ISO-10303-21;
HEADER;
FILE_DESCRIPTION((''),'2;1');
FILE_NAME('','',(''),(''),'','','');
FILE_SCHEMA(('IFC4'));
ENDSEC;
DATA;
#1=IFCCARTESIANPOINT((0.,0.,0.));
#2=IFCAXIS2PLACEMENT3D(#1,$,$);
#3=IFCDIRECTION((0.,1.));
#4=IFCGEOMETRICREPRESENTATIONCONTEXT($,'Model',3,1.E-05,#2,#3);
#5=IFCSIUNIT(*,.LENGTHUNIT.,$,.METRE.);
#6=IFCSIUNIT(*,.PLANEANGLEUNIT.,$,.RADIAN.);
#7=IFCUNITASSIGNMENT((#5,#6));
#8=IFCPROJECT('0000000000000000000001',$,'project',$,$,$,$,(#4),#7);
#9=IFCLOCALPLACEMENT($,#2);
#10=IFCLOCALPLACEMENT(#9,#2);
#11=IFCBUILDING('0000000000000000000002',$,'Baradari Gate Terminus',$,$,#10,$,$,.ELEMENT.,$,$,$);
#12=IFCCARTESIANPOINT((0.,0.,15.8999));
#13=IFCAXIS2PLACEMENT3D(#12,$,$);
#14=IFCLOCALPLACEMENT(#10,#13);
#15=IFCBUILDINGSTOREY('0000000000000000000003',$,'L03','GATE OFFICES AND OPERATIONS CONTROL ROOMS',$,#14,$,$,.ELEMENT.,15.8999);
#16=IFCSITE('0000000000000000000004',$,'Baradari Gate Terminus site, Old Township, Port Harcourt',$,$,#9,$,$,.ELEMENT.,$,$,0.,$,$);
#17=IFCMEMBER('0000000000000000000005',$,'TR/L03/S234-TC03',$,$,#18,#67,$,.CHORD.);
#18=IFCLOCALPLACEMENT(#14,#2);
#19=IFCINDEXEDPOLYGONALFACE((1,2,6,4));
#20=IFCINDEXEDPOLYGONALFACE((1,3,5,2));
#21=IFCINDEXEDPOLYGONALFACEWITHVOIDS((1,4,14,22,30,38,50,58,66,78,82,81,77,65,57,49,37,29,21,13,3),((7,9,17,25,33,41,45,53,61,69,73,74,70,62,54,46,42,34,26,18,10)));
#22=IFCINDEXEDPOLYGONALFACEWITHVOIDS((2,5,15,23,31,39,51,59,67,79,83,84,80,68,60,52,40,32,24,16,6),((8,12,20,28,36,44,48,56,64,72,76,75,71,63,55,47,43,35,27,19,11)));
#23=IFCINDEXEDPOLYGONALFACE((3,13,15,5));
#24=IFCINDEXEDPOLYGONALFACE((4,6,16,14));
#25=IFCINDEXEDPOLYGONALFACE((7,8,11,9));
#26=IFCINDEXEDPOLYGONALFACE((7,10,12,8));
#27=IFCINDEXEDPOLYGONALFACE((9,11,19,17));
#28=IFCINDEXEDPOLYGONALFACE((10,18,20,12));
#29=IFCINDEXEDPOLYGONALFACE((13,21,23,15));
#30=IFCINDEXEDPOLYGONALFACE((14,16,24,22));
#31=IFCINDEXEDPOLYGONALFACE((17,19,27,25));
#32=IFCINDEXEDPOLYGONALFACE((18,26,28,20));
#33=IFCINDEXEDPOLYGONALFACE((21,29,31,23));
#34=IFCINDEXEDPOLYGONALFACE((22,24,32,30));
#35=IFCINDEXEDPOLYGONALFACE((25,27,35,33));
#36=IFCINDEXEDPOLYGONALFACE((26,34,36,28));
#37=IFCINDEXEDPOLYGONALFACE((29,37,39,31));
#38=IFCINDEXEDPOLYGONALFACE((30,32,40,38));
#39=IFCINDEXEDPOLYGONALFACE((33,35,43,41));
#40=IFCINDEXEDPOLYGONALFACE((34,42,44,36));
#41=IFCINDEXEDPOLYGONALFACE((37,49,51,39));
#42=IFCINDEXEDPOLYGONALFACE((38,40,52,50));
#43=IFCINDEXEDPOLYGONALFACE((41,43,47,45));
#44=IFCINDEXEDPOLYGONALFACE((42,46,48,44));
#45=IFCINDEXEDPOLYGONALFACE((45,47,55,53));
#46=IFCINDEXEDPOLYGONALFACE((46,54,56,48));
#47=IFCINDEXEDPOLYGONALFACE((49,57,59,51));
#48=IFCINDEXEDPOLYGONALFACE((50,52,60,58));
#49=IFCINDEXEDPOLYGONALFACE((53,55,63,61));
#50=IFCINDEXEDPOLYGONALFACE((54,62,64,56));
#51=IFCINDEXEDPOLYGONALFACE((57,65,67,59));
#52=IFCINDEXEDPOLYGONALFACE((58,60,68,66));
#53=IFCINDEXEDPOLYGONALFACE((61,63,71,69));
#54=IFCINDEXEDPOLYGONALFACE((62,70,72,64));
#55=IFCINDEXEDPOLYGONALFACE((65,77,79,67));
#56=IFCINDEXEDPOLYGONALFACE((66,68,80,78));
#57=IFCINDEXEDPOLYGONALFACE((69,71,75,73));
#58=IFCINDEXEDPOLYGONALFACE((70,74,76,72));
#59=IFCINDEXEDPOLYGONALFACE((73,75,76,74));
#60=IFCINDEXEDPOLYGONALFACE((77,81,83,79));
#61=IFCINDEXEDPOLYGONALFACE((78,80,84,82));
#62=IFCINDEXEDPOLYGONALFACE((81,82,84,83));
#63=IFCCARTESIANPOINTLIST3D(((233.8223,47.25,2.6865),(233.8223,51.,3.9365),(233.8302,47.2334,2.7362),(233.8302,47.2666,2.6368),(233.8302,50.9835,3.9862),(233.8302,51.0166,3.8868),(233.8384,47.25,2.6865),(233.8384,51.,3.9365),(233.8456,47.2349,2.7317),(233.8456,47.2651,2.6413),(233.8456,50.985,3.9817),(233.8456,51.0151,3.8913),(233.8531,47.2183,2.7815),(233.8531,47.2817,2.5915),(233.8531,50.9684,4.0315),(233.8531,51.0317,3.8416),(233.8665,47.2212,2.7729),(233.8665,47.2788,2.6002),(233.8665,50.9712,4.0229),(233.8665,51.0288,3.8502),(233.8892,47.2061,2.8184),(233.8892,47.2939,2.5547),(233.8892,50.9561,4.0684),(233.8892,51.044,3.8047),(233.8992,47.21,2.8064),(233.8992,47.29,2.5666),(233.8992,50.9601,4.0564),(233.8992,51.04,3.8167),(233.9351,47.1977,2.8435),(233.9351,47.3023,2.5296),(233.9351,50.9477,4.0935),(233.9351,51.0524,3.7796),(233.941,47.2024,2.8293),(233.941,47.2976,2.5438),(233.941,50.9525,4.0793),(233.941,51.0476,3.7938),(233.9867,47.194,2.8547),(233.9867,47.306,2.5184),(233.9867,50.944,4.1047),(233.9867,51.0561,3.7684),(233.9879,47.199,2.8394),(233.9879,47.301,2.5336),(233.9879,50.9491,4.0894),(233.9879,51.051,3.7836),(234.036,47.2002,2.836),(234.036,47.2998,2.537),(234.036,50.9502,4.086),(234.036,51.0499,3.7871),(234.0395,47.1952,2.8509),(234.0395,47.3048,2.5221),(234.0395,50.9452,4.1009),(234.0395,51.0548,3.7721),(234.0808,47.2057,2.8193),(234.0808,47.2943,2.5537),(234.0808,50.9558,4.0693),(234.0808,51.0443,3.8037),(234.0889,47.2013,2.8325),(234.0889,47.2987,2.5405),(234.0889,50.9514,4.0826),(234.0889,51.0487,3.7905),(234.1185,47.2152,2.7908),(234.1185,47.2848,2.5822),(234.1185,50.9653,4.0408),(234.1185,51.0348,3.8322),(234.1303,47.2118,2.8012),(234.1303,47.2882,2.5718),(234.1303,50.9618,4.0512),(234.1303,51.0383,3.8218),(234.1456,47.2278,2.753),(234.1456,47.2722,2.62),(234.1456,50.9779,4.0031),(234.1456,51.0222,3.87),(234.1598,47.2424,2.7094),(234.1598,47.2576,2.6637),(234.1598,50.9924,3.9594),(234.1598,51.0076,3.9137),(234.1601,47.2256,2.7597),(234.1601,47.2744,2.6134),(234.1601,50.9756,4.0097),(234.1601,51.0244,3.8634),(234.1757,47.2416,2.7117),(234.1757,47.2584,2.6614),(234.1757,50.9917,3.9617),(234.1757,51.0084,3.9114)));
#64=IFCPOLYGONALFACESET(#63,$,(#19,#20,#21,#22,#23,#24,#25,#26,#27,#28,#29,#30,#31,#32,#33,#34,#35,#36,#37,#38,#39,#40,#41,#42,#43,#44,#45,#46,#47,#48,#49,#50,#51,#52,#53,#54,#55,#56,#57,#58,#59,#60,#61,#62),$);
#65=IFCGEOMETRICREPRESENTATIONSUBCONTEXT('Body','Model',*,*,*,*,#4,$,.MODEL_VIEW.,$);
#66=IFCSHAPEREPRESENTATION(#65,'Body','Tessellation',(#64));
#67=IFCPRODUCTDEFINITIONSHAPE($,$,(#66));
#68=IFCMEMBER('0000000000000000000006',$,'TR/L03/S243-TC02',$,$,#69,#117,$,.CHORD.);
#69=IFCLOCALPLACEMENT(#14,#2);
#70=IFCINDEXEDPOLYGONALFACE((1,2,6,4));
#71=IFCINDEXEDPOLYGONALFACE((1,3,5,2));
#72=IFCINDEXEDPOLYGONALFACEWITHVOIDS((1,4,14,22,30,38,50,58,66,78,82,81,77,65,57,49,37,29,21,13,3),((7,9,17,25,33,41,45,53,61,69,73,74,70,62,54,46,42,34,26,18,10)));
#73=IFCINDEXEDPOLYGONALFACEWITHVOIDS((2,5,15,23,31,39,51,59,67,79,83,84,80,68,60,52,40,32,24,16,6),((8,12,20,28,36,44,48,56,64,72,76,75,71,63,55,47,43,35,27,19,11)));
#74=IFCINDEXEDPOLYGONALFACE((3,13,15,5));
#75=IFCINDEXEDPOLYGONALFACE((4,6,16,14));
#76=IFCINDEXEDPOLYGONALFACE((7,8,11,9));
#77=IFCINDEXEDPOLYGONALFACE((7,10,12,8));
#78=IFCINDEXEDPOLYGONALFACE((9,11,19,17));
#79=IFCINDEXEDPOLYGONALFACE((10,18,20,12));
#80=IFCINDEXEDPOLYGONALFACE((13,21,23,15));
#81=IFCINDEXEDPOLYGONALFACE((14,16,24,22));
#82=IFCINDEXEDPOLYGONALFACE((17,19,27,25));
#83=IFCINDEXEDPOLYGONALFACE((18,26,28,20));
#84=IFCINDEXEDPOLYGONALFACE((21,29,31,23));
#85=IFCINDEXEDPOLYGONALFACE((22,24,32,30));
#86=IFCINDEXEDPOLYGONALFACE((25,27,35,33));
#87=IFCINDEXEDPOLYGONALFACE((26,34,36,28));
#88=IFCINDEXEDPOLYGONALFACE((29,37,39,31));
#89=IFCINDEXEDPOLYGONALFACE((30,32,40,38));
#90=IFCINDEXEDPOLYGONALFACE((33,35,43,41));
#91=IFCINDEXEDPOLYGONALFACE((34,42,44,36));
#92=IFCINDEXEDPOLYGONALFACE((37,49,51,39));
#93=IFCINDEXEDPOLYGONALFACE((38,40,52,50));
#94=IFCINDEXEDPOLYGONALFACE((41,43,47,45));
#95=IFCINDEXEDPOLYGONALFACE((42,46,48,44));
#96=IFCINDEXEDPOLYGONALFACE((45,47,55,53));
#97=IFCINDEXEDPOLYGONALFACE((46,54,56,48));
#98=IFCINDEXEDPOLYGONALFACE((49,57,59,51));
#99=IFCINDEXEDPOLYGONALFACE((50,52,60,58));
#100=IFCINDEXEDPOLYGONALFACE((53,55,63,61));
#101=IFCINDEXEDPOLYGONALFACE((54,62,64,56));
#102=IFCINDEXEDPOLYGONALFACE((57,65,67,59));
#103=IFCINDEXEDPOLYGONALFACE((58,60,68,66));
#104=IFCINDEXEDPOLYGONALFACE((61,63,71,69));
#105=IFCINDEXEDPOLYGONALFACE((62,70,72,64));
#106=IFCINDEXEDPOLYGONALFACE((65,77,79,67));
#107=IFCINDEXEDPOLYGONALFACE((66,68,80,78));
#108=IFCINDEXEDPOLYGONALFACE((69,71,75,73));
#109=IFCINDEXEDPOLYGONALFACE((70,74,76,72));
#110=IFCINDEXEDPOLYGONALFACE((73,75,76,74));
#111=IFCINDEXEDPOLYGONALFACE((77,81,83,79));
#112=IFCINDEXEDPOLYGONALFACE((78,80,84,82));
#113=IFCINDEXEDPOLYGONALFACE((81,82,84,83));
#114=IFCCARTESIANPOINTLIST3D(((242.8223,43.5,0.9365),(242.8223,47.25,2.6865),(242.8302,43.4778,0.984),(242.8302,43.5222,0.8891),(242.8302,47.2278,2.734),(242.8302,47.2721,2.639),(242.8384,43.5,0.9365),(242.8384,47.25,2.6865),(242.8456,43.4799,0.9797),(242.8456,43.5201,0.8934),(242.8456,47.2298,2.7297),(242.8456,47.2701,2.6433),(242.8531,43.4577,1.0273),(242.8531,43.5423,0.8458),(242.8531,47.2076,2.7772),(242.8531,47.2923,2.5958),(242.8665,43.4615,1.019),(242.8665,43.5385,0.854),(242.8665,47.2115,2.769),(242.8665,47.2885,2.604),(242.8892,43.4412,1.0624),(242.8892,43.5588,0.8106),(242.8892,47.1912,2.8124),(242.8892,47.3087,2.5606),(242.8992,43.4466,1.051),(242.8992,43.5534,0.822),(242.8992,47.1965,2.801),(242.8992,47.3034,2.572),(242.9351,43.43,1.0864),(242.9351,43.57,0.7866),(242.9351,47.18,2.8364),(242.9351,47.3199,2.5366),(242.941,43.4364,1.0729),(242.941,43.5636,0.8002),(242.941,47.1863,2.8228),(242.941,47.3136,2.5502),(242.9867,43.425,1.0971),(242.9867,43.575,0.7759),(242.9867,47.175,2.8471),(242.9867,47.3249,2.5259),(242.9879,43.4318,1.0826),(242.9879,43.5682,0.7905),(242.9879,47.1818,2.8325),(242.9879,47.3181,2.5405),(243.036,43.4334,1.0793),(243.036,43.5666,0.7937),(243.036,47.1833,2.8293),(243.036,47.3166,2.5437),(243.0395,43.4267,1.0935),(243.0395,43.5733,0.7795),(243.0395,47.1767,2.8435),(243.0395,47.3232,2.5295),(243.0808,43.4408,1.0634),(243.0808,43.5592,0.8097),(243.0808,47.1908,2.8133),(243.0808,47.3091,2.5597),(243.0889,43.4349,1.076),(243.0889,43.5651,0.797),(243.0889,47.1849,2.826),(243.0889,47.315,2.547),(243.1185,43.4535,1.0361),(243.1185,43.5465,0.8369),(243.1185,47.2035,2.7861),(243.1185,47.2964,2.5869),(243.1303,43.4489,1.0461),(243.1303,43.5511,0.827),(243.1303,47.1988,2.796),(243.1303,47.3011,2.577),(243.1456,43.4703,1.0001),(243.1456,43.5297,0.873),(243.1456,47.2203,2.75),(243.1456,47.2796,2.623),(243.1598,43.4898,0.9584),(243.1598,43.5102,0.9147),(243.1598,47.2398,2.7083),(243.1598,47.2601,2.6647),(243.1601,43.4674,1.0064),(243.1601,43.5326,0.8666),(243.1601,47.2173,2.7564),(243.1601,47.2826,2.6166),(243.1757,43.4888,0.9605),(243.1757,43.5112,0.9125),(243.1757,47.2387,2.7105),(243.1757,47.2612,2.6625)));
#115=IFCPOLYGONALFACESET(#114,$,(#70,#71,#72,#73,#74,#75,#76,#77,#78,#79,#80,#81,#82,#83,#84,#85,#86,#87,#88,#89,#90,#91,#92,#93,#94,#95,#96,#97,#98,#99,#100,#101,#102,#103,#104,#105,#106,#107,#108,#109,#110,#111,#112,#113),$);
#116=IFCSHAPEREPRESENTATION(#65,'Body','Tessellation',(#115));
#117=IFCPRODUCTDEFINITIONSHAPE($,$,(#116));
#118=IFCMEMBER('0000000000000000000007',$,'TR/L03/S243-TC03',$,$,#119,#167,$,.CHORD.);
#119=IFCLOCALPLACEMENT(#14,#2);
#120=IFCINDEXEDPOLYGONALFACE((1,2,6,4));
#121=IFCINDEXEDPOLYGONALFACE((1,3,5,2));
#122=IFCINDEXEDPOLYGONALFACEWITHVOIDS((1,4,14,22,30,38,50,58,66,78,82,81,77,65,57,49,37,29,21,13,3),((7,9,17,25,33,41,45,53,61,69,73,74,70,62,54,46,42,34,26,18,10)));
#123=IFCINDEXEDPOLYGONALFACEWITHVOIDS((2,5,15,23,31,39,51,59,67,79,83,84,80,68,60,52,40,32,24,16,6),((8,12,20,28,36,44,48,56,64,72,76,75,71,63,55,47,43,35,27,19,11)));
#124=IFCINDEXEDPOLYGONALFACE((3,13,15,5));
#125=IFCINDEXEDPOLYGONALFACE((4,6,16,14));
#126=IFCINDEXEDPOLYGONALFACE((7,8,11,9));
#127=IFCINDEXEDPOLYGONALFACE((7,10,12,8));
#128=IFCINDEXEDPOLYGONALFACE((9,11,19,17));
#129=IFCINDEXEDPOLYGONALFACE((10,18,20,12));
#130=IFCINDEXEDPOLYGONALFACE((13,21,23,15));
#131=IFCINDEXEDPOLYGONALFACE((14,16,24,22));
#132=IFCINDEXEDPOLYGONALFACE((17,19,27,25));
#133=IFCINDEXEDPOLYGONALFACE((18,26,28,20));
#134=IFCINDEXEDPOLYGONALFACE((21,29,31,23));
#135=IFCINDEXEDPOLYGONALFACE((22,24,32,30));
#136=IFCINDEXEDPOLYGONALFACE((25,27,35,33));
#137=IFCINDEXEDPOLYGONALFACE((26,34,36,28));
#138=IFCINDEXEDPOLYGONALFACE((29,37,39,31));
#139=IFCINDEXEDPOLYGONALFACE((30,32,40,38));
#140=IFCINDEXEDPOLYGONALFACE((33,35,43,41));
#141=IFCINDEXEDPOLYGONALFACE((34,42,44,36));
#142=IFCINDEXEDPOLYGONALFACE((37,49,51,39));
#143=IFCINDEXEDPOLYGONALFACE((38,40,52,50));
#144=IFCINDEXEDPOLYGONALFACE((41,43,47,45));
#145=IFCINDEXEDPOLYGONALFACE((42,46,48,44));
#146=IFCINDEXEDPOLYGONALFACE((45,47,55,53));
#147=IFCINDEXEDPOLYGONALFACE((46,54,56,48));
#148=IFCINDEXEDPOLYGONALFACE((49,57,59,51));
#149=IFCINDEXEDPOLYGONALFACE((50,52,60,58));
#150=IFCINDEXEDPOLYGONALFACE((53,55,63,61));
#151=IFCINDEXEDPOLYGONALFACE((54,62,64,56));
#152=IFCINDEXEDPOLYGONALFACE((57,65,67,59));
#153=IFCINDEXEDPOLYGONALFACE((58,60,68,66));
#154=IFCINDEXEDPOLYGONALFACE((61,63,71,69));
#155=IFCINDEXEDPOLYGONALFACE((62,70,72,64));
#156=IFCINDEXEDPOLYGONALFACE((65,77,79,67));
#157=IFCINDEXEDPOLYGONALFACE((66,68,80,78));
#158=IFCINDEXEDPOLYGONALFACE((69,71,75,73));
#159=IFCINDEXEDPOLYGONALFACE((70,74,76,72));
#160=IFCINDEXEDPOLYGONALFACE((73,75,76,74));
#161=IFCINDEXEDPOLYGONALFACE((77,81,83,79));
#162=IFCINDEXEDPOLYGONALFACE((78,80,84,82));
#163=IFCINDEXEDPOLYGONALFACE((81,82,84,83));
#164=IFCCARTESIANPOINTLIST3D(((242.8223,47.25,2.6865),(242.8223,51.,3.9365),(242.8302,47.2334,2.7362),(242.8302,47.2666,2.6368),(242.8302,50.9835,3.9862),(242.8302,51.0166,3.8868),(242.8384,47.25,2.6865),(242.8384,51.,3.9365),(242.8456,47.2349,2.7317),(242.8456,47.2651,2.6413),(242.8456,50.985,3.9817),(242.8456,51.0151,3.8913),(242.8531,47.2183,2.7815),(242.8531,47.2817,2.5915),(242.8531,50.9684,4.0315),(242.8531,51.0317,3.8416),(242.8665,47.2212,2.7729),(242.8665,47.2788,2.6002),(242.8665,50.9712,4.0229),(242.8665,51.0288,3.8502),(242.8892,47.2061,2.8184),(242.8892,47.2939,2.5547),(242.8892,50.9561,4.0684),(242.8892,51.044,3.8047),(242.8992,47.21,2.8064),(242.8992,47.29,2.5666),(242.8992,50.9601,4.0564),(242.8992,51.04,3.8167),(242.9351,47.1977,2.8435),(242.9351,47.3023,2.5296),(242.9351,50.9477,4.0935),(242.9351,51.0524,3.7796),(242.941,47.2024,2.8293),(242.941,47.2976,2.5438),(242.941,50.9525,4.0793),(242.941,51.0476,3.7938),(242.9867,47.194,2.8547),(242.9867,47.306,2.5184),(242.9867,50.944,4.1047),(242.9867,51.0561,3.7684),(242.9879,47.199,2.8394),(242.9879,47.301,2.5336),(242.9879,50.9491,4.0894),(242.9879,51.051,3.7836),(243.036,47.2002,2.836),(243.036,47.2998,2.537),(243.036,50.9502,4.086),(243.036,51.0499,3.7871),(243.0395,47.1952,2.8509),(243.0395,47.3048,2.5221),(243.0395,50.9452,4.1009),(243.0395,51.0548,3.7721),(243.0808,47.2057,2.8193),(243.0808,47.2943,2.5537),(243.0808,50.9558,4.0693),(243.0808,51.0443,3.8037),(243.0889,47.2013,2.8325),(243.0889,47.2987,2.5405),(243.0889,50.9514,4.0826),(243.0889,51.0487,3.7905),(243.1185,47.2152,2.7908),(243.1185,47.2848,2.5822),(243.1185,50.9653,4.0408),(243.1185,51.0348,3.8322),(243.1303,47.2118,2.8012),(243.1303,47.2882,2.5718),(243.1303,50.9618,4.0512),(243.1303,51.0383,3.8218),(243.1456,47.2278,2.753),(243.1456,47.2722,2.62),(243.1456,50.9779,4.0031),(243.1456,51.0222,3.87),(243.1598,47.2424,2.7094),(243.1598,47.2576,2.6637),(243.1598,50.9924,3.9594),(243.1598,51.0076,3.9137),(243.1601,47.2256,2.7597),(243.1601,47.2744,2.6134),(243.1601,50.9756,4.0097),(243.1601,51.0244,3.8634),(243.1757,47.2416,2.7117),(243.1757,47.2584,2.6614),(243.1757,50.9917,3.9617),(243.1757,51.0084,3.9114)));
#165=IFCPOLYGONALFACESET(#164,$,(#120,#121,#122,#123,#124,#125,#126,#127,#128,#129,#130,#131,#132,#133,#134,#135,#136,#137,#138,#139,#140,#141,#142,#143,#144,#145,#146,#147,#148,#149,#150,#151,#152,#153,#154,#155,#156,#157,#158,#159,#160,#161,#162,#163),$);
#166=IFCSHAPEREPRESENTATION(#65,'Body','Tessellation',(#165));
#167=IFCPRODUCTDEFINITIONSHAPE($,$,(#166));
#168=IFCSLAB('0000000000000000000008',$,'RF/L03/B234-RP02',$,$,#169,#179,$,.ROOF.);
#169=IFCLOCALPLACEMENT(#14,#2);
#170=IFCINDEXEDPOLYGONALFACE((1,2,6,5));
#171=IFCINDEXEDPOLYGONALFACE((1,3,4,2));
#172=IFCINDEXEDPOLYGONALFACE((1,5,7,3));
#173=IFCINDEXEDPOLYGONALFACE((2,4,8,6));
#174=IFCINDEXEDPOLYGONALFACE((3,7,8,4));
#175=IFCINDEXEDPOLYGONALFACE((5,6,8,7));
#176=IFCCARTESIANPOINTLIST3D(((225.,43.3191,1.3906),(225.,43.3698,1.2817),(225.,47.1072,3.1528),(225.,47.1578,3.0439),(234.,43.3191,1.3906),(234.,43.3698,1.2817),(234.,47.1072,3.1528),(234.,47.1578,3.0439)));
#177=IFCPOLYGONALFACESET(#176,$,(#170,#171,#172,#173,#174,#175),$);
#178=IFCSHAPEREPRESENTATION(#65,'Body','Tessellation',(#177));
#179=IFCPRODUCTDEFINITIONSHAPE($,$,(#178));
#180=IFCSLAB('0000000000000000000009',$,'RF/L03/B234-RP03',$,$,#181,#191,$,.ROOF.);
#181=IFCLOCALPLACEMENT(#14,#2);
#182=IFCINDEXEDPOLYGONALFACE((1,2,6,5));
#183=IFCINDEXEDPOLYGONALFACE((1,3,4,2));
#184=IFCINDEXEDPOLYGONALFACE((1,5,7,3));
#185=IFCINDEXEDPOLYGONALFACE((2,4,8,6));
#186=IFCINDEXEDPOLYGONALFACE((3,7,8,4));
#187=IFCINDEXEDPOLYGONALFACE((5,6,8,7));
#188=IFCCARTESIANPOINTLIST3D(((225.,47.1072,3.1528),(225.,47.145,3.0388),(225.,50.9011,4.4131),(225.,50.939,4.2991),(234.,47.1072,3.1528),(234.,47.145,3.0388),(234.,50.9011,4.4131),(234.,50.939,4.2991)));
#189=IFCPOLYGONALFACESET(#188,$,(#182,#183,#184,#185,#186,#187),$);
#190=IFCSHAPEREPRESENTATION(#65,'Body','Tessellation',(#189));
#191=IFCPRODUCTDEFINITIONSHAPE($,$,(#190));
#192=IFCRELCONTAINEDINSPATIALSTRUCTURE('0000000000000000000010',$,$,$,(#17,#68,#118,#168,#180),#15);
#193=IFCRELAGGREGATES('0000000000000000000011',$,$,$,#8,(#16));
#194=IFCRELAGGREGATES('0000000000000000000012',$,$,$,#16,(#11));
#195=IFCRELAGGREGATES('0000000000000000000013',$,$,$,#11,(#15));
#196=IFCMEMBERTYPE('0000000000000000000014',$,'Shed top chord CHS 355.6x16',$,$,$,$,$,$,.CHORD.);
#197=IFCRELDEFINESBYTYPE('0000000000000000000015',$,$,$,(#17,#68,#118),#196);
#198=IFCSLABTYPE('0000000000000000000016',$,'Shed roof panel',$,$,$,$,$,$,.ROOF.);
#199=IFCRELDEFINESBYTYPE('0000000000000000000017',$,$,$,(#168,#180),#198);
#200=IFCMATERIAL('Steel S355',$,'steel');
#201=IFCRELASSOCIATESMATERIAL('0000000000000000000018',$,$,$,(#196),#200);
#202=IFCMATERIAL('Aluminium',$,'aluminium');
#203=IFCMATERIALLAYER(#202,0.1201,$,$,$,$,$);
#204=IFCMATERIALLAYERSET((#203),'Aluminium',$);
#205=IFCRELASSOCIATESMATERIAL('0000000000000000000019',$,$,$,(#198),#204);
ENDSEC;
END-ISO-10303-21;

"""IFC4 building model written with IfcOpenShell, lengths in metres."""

from ifc_helpers import new_model, si_unit, direction, frame, origin, origin_2d, place, context, subcontext, project, spatial, polyline, hollow_circle, outline, extrude, material, layer, layer_set, material_profile, profile_set, type_object, element, save


model = new_model("IFC4")

# Units and contexts
model_context = context("Model", 3, precision=1e-05, world=origin(), true_north=direction((0.0, 1.0)))
body_context = subcontext(model_context, "Body", "Model", "MODEL_VIEW")
ifc_project = project(units=[si_unit("LENGTHUNIT", "METRE"), si_unit("PLANEANGLEUNIT", "RADIAN")], contexts=[model_context])

# Site, building, storey
site_placement = place(None, origin())
site = spatial("IfcSite", under=ifc_project, at=site_placement, Name="Baradari Gate Terminus site, Old Township, Port Harcourt", CompositionType="ELEMENT", RefElevation=0.0)
building_placement = place(site_placement, origin())
building = spatial("IfcBuilding", under=site, at=building_placement, Name="Baradari Gate Terminus", CompositionType="ELEMENT")
storey_placement = place(building_placement, frame((0.0, 0.0, 15.8999)))
storey = spatial("IfcBuildingStorey", under=building, at=storey_placement, Name="L03", Description="GATE OFFICES AND OPERATIONS CONTROL ROOMS", CompositionType="ELEMENT", Elevation=15.8999)

# Members
ifc_material_1 = material(Name="Steel S355", Category="steel")
ifc_material_profile_1 = material_profile(ifc_material_1, hollow_circle(Radius=0.1777, WallThickness=0.0161, at=origin_2d()), Name="CHS 355.6x16")
ifc_profile_set_1 = profile_set([ifc_material_profile_1], Name="Steel S355")
member_type_1 = type_object("IfcMemberType", Name="Shed top chord CHS 355.6x16", PredefinedType="CHORD", material=ifc_profile_set_1)
member_1_placement = place(storey_placement, frame((234.0, 47.25, 2.6865), z_axis=(0.0, 0.948683, 0.316228), x_axis=(-1.0, 0.0, 0.0)))
element("IfcMember", 1, at=member_1_placement, inside=storey, type_object=member_type_1, Name="TR/L03/S234-TC03", PredefinedType="CHORD", context=body_context, shape_type="SweptSolid", body=[
    extrude(hollow_circle(Radius=0.1777, WallThickness=0.0161, at=origin_2d()), origin(), (0.0, 0.0, 1.0), 3.9529),
])
member_2_placement = place(storey_placement, frame((243.0, 43.5, 0.9365), z_axis=(0.0, 0.906183, 0.422885), x_axis=(-1.0, 0.0, 0.0)))
element("IfcMember", 2, at=member_2_placement, inside=storey, type_object=member_type_1, Name="TR/L03/S243-TC02", PredefinedType="CHORD", context=body_context, shape_type="SweptSolid", body=[
    extrude(hollow_circle(Radius=0.1777, WallThickness=0.0161, at=origin_2d()), origin(), (0.0, 0.0, 1.0), 4.1382),
])
member_3_placement = place(storey_placement, frame((243.0, 47.25, 2.6865), z_axis=(0.0, 0.948683, 0.316228), x_axis=(-1.0, 0.0, 0.0)))
element("IfcMember", 3, at=member_3_placement, inside=storey, type_object=member_type_1, Name="TR/L03/S243-TC03", PredefinedType="CHORD", context=body_context, shape_type="SweptSolid", body=[
    extrude(hollow_circle(Radius=0.1777, WallThickness=0.0161, at=origin_2d()), origin(), (0.0, 0.0, 1.0), 3.9529),
])

# Slabs
ifc_material_2 = material(Name="Aluminium", Category="aluminium")
ifc_layer_1 = layer(ifc_material_2, 0.1201)
ifc_layer_set_1 = layer_set([ifc_layer_1], Name="Aluminium")
slab_type = type_object("IfcSlabType", Name="Shed roof panel", PredefinedType="ROOF", material=ifc_layer_set_1)
slab_1_placement = place(storey_placement, frame((225.0, 43.3191, 1.3906), z_axis=(0.0, -0.421791, 0.906693), x_axis=(1.0, 0.0, 0.0)))
element("IfcSlab", 4, at=slab_1_placement, inside=storey, type_object=slab_type, Name="RF/L03/B234-RP02", PredefinedType="ROOF", context=body_context, shape_type="SweptSolid", body=[
    extrude(outline(polyline([(0.0, 0.0), (9.0, 0.0), (9.0, 4.1779), (0.0, 4.1779), (0.0, 0.0)])), origin(), (0.0, 0.0, -1.0), 0.1201),
])
slab_2_placement = place(storey_placement, frame((225.0, 47.1072, 3.1528), z_axis=(0.0, -0.315238, 0.949013), x_axis=(1.0, 0.0, 0.0)))
element("IfcSlab", 5, at=slab_2_placement, inside=storey, type_object=slab_type, Name="RF/L03/B234-RP03", PredefinedType="ROOF", context=body_context, shape_type="SweptSolid", body=[
    extrude(outline(polyline([(0.0, 0.0), (9.0, 0.0), (9.0, 3.9978), (0.0, 3.9978), (0.0, 0.0)])), origin(), (0.0, 0.0, -1.0), 0.1201),
])

save(model, "model.ifc")
